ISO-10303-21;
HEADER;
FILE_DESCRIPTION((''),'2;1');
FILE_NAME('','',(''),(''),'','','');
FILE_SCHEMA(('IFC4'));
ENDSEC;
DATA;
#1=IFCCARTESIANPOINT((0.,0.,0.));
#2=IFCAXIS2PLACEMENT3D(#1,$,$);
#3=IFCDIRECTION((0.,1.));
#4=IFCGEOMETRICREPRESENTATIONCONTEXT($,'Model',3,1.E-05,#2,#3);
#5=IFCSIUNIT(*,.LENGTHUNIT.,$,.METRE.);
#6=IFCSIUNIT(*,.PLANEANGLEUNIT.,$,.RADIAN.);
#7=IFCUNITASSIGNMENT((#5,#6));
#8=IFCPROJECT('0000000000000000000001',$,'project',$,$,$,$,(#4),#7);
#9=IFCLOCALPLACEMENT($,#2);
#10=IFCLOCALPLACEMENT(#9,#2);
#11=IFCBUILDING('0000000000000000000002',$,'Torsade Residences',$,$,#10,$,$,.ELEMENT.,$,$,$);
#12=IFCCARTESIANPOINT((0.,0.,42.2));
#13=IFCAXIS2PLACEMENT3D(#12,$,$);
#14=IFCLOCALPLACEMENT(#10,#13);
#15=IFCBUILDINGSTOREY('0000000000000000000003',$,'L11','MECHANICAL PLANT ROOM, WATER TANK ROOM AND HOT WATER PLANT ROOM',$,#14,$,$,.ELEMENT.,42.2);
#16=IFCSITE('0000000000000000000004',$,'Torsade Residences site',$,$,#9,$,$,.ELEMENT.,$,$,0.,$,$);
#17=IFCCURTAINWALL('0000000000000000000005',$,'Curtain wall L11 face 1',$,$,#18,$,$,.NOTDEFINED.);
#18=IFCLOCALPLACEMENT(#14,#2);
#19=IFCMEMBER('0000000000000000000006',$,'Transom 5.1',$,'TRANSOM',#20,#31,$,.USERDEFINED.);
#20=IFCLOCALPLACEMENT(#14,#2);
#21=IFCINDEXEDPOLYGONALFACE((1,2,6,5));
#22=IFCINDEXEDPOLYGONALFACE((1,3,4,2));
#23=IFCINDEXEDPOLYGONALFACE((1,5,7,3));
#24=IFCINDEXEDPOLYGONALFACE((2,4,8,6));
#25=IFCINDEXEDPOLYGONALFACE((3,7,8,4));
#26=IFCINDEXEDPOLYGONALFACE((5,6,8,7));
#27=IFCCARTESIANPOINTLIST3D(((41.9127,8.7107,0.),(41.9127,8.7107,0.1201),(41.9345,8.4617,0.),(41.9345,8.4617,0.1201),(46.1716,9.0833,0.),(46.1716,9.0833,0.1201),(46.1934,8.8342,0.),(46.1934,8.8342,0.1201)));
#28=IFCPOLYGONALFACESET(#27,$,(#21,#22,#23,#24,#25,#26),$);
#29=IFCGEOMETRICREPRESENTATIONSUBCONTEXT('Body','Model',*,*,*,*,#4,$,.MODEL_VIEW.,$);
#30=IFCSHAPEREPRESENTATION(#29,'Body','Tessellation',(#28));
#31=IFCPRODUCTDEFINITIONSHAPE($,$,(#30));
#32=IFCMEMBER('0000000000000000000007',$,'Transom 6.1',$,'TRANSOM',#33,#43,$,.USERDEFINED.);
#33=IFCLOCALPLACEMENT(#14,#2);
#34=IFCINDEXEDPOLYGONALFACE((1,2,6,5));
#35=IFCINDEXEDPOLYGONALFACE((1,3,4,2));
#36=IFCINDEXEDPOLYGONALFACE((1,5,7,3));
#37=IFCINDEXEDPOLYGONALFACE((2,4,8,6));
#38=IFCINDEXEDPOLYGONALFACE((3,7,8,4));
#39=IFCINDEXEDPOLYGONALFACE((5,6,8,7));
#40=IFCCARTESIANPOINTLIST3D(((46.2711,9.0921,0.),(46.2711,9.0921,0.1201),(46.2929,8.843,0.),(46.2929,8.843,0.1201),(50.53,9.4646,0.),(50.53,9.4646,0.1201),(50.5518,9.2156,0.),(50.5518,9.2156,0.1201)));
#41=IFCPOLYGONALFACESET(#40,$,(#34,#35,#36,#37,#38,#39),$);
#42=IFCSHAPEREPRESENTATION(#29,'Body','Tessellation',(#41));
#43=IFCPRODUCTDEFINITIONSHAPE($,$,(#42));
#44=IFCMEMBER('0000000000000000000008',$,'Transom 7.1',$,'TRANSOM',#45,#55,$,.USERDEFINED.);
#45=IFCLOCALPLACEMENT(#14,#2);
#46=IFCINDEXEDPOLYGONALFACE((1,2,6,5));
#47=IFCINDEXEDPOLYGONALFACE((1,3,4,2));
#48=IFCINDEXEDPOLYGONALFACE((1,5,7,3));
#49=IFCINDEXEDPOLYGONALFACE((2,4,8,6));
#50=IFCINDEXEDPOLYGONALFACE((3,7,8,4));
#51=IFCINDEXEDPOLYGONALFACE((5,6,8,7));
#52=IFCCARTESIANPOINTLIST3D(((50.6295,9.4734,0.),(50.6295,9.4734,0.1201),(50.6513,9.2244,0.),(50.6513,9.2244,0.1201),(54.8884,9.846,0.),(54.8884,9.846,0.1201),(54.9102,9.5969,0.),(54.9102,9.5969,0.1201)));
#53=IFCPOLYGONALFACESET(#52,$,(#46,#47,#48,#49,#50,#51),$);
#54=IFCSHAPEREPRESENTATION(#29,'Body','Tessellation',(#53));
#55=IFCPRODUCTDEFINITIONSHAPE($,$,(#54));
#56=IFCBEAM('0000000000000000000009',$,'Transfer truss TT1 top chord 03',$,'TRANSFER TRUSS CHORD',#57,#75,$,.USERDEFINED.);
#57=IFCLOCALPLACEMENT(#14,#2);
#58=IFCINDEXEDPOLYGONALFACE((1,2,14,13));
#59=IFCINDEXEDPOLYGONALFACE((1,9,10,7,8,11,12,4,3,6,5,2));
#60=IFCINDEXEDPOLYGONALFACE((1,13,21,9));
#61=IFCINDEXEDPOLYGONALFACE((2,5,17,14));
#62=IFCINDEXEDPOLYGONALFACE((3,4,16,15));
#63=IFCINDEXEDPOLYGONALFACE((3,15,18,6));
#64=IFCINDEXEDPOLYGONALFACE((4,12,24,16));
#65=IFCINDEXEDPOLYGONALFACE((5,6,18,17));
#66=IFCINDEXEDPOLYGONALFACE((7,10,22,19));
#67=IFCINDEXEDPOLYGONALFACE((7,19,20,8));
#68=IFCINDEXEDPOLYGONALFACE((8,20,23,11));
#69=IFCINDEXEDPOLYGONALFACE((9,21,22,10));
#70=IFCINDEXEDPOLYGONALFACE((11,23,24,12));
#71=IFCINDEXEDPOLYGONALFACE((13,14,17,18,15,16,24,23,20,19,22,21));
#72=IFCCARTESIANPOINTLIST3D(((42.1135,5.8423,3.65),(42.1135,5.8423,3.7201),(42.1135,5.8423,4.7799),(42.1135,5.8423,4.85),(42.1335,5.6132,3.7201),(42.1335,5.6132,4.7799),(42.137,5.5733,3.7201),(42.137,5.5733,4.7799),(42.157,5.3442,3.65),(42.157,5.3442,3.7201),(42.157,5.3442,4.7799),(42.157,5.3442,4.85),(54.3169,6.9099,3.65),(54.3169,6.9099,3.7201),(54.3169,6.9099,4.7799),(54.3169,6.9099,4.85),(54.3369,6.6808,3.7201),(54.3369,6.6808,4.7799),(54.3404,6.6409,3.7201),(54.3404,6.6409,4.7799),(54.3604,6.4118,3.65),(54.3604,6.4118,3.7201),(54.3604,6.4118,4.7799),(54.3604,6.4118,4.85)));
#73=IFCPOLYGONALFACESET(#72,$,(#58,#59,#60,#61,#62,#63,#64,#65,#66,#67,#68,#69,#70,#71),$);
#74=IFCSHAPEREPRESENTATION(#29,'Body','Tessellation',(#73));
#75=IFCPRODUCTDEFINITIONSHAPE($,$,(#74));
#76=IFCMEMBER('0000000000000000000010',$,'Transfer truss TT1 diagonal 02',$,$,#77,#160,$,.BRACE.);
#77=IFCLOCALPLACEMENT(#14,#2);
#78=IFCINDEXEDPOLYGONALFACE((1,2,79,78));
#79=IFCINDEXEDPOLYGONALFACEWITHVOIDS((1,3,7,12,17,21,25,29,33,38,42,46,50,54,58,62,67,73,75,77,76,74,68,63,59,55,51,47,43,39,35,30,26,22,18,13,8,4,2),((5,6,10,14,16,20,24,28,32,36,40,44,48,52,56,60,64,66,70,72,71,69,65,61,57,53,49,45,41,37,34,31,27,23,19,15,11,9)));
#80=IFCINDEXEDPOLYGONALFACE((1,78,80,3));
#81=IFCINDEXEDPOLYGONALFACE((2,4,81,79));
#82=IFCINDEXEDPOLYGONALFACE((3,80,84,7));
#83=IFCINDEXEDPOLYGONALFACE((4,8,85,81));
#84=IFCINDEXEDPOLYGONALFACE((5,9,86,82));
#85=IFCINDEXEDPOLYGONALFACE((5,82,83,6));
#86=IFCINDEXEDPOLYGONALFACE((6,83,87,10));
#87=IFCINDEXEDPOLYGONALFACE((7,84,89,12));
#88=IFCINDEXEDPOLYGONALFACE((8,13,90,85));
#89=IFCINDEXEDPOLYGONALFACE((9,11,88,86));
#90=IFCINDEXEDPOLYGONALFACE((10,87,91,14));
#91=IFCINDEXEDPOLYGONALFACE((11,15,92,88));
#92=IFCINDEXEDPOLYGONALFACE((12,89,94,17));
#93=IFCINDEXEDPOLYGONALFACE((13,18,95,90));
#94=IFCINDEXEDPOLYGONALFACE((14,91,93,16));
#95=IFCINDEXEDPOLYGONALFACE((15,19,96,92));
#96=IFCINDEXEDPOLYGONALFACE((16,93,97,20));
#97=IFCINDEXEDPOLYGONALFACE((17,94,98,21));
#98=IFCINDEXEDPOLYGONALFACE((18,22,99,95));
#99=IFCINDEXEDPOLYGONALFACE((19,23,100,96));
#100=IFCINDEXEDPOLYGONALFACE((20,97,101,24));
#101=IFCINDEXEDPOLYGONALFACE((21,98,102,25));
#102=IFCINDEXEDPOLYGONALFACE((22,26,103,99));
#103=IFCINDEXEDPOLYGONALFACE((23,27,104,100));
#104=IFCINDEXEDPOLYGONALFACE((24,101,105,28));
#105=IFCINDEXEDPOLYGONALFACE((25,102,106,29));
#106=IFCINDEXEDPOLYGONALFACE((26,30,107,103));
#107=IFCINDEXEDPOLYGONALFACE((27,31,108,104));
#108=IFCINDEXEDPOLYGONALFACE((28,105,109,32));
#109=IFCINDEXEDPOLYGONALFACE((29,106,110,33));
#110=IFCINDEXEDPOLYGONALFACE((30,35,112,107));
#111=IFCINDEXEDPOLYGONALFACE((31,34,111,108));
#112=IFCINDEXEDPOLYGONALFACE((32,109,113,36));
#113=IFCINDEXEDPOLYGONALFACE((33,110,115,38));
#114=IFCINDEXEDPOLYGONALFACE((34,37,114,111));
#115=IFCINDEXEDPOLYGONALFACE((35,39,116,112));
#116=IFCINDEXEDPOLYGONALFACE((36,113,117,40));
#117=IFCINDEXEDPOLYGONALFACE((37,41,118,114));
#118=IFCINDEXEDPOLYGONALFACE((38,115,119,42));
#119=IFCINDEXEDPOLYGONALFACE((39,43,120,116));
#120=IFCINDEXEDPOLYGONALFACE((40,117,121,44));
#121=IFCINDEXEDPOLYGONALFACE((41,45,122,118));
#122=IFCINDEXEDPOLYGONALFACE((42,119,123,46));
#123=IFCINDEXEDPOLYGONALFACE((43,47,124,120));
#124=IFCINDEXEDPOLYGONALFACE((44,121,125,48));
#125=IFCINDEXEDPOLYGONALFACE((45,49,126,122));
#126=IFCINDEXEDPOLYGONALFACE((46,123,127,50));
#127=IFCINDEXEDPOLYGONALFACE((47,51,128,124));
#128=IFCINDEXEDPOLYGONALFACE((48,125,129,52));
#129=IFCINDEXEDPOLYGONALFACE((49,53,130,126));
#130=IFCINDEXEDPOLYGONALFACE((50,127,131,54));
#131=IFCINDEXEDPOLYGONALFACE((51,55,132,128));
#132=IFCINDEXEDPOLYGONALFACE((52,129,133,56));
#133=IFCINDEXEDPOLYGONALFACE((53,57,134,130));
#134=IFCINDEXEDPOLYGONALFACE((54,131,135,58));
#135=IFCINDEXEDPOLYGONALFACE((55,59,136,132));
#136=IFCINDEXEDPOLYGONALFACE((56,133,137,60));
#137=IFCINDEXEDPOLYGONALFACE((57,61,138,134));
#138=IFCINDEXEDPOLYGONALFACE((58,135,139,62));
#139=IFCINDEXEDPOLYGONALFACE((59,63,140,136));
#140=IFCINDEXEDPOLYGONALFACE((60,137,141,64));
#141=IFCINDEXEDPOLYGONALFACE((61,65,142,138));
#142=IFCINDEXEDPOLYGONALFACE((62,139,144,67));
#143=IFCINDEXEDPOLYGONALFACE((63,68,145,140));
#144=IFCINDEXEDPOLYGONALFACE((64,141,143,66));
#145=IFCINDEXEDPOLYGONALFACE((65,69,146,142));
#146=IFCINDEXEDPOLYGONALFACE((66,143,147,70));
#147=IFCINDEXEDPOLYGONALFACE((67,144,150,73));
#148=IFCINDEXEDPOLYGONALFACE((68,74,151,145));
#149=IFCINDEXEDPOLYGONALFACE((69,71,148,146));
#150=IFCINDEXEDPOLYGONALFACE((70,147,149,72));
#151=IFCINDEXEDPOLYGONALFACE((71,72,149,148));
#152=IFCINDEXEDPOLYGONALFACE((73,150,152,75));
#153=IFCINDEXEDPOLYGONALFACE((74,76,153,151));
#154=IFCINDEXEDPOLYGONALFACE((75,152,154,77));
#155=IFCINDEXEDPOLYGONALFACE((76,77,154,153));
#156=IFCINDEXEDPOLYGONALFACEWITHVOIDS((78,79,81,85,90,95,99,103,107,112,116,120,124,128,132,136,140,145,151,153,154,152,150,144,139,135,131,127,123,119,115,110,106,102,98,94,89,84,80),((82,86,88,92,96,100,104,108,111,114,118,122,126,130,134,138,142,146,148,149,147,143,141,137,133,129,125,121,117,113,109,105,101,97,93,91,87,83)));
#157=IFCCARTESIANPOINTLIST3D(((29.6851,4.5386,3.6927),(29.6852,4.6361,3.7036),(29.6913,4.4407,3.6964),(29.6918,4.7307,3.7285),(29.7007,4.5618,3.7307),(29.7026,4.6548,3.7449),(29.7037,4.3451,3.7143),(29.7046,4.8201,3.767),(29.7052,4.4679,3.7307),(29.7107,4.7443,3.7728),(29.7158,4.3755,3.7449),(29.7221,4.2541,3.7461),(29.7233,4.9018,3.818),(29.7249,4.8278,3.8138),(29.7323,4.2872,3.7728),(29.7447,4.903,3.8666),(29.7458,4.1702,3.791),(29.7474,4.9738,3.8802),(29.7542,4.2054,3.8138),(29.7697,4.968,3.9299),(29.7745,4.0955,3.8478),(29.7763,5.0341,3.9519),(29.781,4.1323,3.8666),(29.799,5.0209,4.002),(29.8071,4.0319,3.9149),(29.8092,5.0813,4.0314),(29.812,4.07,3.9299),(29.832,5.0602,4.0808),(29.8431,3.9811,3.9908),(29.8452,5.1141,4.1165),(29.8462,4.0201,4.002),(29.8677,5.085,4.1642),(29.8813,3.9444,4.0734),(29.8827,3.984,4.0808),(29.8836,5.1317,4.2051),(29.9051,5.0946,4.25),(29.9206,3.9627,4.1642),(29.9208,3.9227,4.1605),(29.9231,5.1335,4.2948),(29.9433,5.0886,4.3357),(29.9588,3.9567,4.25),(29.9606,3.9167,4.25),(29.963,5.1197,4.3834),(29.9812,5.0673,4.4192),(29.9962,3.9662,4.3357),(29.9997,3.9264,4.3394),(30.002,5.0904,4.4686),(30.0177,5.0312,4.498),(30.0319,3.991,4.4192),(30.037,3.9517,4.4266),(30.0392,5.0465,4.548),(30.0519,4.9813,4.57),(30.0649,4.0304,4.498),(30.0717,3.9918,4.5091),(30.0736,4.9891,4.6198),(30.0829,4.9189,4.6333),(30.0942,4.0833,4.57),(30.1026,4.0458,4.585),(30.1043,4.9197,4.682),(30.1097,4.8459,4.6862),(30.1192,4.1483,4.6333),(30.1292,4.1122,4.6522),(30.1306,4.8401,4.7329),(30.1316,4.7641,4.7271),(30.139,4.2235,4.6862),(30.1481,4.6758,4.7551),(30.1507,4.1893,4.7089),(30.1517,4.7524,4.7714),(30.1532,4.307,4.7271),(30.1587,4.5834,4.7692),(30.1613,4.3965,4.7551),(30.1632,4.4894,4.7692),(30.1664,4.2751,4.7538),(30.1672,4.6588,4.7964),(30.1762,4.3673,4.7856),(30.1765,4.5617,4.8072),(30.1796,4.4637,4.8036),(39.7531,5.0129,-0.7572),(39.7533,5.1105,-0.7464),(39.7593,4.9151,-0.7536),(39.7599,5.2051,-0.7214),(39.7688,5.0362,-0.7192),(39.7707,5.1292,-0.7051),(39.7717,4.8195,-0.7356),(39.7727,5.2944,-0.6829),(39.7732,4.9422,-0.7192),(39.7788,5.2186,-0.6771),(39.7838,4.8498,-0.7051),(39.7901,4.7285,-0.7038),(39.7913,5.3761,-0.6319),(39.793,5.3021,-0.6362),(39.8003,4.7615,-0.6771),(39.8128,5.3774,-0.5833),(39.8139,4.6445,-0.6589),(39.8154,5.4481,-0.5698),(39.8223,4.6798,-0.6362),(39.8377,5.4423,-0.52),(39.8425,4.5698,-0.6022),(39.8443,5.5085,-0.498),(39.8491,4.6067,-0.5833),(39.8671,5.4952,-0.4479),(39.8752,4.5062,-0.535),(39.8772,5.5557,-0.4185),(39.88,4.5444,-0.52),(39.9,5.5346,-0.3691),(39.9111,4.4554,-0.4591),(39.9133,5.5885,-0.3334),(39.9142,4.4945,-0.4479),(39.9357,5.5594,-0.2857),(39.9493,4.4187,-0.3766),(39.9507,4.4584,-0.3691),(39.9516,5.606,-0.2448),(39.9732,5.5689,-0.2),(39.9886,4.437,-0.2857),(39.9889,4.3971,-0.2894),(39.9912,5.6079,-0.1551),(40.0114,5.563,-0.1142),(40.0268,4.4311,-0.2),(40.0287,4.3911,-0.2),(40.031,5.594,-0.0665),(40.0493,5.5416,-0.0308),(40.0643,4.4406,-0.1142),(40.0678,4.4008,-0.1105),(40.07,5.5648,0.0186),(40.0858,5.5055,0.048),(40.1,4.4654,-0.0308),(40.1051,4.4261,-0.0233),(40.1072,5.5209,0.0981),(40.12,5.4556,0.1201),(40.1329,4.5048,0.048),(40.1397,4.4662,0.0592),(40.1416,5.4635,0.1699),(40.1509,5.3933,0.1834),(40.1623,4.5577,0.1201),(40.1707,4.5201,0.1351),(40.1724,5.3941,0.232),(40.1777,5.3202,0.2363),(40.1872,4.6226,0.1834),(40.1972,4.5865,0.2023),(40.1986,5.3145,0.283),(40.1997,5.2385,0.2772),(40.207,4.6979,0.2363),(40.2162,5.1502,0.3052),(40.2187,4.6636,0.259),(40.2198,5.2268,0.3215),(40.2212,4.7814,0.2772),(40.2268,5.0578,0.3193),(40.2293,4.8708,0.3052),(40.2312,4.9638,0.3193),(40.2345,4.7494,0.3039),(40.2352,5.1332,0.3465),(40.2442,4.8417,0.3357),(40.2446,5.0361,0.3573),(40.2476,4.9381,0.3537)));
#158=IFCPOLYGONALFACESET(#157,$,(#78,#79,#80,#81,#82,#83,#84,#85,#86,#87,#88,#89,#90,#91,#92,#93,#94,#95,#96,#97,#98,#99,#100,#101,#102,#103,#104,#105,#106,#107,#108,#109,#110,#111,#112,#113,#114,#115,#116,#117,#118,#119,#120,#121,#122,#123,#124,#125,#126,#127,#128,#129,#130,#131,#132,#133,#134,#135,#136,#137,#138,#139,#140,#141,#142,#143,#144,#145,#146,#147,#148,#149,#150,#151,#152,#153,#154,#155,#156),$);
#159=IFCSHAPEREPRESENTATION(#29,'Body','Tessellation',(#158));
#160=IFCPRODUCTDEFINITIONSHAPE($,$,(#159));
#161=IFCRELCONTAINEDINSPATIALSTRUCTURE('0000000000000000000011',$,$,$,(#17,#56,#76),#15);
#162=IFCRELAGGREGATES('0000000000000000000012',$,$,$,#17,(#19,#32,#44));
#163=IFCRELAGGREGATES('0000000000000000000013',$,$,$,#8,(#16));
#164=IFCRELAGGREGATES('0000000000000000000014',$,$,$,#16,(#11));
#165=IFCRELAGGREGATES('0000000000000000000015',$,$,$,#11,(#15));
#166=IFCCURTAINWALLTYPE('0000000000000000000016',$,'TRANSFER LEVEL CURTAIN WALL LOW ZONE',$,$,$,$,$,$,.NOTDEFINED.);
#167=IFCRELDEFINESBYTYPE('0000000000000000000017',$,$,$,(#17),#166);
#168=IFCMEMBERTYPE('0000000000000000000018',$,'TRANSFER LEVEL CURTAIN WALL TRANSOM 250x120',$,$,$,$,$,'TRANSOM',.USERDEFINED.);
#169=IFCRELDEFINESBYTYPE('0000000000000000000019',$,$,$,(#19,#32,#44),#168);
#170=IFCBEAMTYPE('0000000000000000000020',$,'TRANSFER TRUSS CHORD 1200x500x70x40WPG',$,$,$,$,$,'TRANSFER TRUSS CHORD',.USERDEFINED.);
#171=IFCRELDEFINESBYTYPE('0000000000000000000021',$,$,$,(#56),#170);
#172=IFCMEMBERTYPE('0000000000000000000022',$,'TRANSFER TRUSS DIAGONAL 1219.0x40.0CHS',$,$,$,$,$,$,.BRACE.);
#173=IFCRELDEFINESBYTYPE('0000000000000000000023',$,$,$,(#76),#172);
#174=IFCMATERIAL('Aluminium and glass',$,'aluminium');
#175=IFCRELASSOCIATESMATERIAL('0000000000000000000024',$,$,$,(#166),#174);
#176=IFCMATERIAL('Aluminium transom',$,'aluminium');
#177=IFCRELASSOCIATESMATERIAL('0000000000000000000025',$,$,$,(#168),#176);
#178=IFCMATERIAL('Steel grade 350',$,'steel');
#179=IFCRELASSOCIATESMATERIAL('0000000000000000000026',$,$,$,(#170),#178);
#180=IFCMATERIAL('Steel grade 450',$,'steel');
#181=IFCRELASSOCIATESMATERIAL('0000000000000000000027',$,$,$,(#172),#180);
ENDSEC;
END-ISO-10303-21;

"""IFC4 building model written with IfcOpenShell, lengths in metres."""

from ifc_helpers import new_model, si_unit, direction, frame, origin, origin_2d, place, context, subcontext, project, spatial, rectangle, hollow_circle, i_section, extrude, material, material_profile, profile_set, type_object, element, aggregate, save


model = new_model("IFC4")

# Units and contexts
model_context = context("Model", 3, precision=1e-05, world=origin(), true_north=direction((0.0, 1.0)))
body_context = subcontext(model_context, "Body", "Model", "MODEL_VIEW")
ifc_project = project(units=[si_unit("LENGTHUNIT", "METRE"), si_unit("PLANEANGLEUNIT", "RADIAN")], contexts=[model_context])

# Site, building, storey
site_placement = place(None, origin())
site = spatial("IfcSite", under=ifc_project, at=site_placement, Name="Torsade Residences site", CompositionType="ELEMENT", RefElevation=0.0)
building_placement = place(site_placement, origin())
building = spatial("IfcBuilding", under=site, at=building_placement, Name="Torsade Residences", CompositionType="ELEMENT")
storey_placement = place(building_placement, frame((0.0, 0.0, 42.2)))
storey = spatial("IfcBuildingStorey", under=building, at=storey_placement, Name="L11", Description="MECHANICAL PLANT ROOM, WATER TANK ROOM AND HOT WATER PLANT ROOM", CompositionType="ELEMENT", Elevation=42.2)

# Curtain wall, members
ifc_material_1 = material(Name="Aluminium and glass", Category="aluminium")
curtain_wall_type = type_object("IfcCurtainWallType", Name="TRANSFER LEVEL CURTAIN WALL LOW ZONE", PredefinedType="NOTDEFINED", material=ifc_material_1)
curtain_wall_placement = place(storey_placement, origin())
curtain_wall = element("IfcCurtainWall", 1, at=curtain_wall_placement, inside=storey, type_object=curtain_wall_type, Name="Curtain wall L11 face 1", PredefinedType="NOTDEFINED")
ifc_material_2 = material(Name="Aluminium transom", Category="aluminium")
ifc_material_profile_1 = material_profile(ifc_material_2, rectangle(XDim=0.25, YDim=0.1201, at=origin_2d()), Name="TRANSFER LEVEL CURTAIN WALL TRANSOM 250x120")
ifc_profile_set_1 = profile_set([ifc_material_profile_1], Name="Aluminium transom")
member_type_1 = type_object("IfcMemberType", Name="TRANSFER LEVEL CURTAIN WALL TRANSOM 250x120", ElementType="TRANSOM", PredefinedType="USERDEFINED", material=ifc_profile_set_1)
member_1_placement = place(storey_placement, frame((41.9236, 8.5862, 0.0601), z_axis=(0.996195, 0.087147, 0.0), x_axis=(-0.087147, 0.996195, 0.0)))
member_1 = element("IfcMember", 2, at=member_1_placement, type_object=member_type_1, Name="Transom 5.1", ObjectType="TRANSOM", PredefinedType="USERDEFINED", context=body_context, shape_type="SweptSolid", body=[
    extrude(rectangle(XDim=0.25, YDim=0.1201, at=origin_2d()), origin(), (0.0, 0.0, 1.0), 4.2751),
])
member_2_placement = place(storey_placement, frame((46.282, 8.9675, 0.0601), z_axis=(0.996195, 0.087147, 0.0), x_axis=(-0.087147, 0.996195, 0.0)))
member_2 = element("IfcMember", 3, at=member_2_placement, type_object=member_type_1, Name="Transom 6.1", ObjectType="TRANSOM", PredefinedType="USERDEFINED", context=body_context, shape_type="SweptSolid", body=[
    extrude(rectangle(XDim=0.25, YDim=0.1201, at=origin_2d()), origin(), (0.0, 0.0, 1.0), 4.2751),
])
member_3_placement = place(storey_placement, frame((50.6404, 9.3489, 0.0601), z_axis=(0.996195, 0.087147, 0.0), x_axis=(-0.087147, 0.996195, 0.0)))
member_3 = element("IfcMember", 4, at=member_3_placement, type_object=member_type_1, Name="Transom 7.1", ObjectType="TRANSOM", PredefinedType="USERDEFINED", context=body_context, shape_type="SweptSolid", body=[
    extrude(rectangle(XDim=0.25, YDim=0.1201, at=origin_2d()), origin(), (0.0, 0.0, 1.0), 4.2751),
])

# Beam
ifc_material_3 = material(Name="Steel grade 350", Category="steel")
ifc_material_profile_2 = material_profile(ifc_material_3, i_section(OverallWidth=0.5, OverallDepth=1.2, WebThickness=0.04, FlangeThickness=0.0701, at=origin_2d()), Name="1200x500x70x40WPG")
ifc_profile_set_2 = profile_set([ifc_material_profile_2], Name="Steel grade 350")
beam_type_1 = type_object("IfcBeamType", Name="TRANSFER TRUSS CHORD 1200x500x70x40WPG", ElementType="TRANSFER TRUSS CHORD", PredefinedType="USERDEFINED", material=ifc_profile_set_2)
beam_1_placement = place(storey_placement, frame((42.1353, 5.5933, 4.25), z_axis=(0.996195, 0.087153, 0.0), x_axis=(-0.087153, 0.996195, 0.0)))
element("IfcBeam", 5, at=beam_1_placement, inside=storey, type_object=beam_type_1, Name="Transfer truss TT1 top chord 03", ObjectType="TRANSFER TRUSS CHORD", PredefinedType="USERDEFINED", context=body_context, shape_type="SweptSolid", body=[
    extrude(i_section(OverallWidth=0.5, OverallDepth=1.2, WebThickness=0.04, FlangeThickness=0.0701, at=origin_2d()), origin(), (0.0, 0.0, 1.0), 12.25),
])

# Member
ifc_material_4 = material(Name="Steel grade 450", Category="steel")
ifc_material_profile_3 = material_profile(ifc_material_4, hollow_circle(Radius=0.6096, WallThickness=0.04, at=origin_2d()), Name="1219.0x40.0CHS")
ifc_profile_set_3 = profile_set([ifc_material_profile_3], Name="Steel grade 450")
member_type_2 = type_object("IfcMemberType", Name="TRANSFER TRUSS DIAGONAL 1219.0x40.0CHS", PredefinedType="BRACE", material=ifc_profile_set_3)
member_4_placement = place(storey_placement, frame((40.0, 5.0, -0.2), z_axis=(-0.913797, -0.043054, 0.403884), x_axis=(0.047063, -0.998892, 0.0)))
element("IfcMember", 6, at=member_4_placement, inside=storey, type_object=member_type_2, Name="Transfer truss TT1 diagonal 02", PredefinedType="BRACE", context=body_context, shape_type="SweptSolid", body=[
    extrude(hollow_circle(Radius=0.6096, WallThickness=0.04, at=origin_2d()), origin(), (0.0, 0.0, 1.0), 11.0178),
])

aggregate(curtain_wall, [member_1, member_2, member_3])

save(model, "model.ifc")
